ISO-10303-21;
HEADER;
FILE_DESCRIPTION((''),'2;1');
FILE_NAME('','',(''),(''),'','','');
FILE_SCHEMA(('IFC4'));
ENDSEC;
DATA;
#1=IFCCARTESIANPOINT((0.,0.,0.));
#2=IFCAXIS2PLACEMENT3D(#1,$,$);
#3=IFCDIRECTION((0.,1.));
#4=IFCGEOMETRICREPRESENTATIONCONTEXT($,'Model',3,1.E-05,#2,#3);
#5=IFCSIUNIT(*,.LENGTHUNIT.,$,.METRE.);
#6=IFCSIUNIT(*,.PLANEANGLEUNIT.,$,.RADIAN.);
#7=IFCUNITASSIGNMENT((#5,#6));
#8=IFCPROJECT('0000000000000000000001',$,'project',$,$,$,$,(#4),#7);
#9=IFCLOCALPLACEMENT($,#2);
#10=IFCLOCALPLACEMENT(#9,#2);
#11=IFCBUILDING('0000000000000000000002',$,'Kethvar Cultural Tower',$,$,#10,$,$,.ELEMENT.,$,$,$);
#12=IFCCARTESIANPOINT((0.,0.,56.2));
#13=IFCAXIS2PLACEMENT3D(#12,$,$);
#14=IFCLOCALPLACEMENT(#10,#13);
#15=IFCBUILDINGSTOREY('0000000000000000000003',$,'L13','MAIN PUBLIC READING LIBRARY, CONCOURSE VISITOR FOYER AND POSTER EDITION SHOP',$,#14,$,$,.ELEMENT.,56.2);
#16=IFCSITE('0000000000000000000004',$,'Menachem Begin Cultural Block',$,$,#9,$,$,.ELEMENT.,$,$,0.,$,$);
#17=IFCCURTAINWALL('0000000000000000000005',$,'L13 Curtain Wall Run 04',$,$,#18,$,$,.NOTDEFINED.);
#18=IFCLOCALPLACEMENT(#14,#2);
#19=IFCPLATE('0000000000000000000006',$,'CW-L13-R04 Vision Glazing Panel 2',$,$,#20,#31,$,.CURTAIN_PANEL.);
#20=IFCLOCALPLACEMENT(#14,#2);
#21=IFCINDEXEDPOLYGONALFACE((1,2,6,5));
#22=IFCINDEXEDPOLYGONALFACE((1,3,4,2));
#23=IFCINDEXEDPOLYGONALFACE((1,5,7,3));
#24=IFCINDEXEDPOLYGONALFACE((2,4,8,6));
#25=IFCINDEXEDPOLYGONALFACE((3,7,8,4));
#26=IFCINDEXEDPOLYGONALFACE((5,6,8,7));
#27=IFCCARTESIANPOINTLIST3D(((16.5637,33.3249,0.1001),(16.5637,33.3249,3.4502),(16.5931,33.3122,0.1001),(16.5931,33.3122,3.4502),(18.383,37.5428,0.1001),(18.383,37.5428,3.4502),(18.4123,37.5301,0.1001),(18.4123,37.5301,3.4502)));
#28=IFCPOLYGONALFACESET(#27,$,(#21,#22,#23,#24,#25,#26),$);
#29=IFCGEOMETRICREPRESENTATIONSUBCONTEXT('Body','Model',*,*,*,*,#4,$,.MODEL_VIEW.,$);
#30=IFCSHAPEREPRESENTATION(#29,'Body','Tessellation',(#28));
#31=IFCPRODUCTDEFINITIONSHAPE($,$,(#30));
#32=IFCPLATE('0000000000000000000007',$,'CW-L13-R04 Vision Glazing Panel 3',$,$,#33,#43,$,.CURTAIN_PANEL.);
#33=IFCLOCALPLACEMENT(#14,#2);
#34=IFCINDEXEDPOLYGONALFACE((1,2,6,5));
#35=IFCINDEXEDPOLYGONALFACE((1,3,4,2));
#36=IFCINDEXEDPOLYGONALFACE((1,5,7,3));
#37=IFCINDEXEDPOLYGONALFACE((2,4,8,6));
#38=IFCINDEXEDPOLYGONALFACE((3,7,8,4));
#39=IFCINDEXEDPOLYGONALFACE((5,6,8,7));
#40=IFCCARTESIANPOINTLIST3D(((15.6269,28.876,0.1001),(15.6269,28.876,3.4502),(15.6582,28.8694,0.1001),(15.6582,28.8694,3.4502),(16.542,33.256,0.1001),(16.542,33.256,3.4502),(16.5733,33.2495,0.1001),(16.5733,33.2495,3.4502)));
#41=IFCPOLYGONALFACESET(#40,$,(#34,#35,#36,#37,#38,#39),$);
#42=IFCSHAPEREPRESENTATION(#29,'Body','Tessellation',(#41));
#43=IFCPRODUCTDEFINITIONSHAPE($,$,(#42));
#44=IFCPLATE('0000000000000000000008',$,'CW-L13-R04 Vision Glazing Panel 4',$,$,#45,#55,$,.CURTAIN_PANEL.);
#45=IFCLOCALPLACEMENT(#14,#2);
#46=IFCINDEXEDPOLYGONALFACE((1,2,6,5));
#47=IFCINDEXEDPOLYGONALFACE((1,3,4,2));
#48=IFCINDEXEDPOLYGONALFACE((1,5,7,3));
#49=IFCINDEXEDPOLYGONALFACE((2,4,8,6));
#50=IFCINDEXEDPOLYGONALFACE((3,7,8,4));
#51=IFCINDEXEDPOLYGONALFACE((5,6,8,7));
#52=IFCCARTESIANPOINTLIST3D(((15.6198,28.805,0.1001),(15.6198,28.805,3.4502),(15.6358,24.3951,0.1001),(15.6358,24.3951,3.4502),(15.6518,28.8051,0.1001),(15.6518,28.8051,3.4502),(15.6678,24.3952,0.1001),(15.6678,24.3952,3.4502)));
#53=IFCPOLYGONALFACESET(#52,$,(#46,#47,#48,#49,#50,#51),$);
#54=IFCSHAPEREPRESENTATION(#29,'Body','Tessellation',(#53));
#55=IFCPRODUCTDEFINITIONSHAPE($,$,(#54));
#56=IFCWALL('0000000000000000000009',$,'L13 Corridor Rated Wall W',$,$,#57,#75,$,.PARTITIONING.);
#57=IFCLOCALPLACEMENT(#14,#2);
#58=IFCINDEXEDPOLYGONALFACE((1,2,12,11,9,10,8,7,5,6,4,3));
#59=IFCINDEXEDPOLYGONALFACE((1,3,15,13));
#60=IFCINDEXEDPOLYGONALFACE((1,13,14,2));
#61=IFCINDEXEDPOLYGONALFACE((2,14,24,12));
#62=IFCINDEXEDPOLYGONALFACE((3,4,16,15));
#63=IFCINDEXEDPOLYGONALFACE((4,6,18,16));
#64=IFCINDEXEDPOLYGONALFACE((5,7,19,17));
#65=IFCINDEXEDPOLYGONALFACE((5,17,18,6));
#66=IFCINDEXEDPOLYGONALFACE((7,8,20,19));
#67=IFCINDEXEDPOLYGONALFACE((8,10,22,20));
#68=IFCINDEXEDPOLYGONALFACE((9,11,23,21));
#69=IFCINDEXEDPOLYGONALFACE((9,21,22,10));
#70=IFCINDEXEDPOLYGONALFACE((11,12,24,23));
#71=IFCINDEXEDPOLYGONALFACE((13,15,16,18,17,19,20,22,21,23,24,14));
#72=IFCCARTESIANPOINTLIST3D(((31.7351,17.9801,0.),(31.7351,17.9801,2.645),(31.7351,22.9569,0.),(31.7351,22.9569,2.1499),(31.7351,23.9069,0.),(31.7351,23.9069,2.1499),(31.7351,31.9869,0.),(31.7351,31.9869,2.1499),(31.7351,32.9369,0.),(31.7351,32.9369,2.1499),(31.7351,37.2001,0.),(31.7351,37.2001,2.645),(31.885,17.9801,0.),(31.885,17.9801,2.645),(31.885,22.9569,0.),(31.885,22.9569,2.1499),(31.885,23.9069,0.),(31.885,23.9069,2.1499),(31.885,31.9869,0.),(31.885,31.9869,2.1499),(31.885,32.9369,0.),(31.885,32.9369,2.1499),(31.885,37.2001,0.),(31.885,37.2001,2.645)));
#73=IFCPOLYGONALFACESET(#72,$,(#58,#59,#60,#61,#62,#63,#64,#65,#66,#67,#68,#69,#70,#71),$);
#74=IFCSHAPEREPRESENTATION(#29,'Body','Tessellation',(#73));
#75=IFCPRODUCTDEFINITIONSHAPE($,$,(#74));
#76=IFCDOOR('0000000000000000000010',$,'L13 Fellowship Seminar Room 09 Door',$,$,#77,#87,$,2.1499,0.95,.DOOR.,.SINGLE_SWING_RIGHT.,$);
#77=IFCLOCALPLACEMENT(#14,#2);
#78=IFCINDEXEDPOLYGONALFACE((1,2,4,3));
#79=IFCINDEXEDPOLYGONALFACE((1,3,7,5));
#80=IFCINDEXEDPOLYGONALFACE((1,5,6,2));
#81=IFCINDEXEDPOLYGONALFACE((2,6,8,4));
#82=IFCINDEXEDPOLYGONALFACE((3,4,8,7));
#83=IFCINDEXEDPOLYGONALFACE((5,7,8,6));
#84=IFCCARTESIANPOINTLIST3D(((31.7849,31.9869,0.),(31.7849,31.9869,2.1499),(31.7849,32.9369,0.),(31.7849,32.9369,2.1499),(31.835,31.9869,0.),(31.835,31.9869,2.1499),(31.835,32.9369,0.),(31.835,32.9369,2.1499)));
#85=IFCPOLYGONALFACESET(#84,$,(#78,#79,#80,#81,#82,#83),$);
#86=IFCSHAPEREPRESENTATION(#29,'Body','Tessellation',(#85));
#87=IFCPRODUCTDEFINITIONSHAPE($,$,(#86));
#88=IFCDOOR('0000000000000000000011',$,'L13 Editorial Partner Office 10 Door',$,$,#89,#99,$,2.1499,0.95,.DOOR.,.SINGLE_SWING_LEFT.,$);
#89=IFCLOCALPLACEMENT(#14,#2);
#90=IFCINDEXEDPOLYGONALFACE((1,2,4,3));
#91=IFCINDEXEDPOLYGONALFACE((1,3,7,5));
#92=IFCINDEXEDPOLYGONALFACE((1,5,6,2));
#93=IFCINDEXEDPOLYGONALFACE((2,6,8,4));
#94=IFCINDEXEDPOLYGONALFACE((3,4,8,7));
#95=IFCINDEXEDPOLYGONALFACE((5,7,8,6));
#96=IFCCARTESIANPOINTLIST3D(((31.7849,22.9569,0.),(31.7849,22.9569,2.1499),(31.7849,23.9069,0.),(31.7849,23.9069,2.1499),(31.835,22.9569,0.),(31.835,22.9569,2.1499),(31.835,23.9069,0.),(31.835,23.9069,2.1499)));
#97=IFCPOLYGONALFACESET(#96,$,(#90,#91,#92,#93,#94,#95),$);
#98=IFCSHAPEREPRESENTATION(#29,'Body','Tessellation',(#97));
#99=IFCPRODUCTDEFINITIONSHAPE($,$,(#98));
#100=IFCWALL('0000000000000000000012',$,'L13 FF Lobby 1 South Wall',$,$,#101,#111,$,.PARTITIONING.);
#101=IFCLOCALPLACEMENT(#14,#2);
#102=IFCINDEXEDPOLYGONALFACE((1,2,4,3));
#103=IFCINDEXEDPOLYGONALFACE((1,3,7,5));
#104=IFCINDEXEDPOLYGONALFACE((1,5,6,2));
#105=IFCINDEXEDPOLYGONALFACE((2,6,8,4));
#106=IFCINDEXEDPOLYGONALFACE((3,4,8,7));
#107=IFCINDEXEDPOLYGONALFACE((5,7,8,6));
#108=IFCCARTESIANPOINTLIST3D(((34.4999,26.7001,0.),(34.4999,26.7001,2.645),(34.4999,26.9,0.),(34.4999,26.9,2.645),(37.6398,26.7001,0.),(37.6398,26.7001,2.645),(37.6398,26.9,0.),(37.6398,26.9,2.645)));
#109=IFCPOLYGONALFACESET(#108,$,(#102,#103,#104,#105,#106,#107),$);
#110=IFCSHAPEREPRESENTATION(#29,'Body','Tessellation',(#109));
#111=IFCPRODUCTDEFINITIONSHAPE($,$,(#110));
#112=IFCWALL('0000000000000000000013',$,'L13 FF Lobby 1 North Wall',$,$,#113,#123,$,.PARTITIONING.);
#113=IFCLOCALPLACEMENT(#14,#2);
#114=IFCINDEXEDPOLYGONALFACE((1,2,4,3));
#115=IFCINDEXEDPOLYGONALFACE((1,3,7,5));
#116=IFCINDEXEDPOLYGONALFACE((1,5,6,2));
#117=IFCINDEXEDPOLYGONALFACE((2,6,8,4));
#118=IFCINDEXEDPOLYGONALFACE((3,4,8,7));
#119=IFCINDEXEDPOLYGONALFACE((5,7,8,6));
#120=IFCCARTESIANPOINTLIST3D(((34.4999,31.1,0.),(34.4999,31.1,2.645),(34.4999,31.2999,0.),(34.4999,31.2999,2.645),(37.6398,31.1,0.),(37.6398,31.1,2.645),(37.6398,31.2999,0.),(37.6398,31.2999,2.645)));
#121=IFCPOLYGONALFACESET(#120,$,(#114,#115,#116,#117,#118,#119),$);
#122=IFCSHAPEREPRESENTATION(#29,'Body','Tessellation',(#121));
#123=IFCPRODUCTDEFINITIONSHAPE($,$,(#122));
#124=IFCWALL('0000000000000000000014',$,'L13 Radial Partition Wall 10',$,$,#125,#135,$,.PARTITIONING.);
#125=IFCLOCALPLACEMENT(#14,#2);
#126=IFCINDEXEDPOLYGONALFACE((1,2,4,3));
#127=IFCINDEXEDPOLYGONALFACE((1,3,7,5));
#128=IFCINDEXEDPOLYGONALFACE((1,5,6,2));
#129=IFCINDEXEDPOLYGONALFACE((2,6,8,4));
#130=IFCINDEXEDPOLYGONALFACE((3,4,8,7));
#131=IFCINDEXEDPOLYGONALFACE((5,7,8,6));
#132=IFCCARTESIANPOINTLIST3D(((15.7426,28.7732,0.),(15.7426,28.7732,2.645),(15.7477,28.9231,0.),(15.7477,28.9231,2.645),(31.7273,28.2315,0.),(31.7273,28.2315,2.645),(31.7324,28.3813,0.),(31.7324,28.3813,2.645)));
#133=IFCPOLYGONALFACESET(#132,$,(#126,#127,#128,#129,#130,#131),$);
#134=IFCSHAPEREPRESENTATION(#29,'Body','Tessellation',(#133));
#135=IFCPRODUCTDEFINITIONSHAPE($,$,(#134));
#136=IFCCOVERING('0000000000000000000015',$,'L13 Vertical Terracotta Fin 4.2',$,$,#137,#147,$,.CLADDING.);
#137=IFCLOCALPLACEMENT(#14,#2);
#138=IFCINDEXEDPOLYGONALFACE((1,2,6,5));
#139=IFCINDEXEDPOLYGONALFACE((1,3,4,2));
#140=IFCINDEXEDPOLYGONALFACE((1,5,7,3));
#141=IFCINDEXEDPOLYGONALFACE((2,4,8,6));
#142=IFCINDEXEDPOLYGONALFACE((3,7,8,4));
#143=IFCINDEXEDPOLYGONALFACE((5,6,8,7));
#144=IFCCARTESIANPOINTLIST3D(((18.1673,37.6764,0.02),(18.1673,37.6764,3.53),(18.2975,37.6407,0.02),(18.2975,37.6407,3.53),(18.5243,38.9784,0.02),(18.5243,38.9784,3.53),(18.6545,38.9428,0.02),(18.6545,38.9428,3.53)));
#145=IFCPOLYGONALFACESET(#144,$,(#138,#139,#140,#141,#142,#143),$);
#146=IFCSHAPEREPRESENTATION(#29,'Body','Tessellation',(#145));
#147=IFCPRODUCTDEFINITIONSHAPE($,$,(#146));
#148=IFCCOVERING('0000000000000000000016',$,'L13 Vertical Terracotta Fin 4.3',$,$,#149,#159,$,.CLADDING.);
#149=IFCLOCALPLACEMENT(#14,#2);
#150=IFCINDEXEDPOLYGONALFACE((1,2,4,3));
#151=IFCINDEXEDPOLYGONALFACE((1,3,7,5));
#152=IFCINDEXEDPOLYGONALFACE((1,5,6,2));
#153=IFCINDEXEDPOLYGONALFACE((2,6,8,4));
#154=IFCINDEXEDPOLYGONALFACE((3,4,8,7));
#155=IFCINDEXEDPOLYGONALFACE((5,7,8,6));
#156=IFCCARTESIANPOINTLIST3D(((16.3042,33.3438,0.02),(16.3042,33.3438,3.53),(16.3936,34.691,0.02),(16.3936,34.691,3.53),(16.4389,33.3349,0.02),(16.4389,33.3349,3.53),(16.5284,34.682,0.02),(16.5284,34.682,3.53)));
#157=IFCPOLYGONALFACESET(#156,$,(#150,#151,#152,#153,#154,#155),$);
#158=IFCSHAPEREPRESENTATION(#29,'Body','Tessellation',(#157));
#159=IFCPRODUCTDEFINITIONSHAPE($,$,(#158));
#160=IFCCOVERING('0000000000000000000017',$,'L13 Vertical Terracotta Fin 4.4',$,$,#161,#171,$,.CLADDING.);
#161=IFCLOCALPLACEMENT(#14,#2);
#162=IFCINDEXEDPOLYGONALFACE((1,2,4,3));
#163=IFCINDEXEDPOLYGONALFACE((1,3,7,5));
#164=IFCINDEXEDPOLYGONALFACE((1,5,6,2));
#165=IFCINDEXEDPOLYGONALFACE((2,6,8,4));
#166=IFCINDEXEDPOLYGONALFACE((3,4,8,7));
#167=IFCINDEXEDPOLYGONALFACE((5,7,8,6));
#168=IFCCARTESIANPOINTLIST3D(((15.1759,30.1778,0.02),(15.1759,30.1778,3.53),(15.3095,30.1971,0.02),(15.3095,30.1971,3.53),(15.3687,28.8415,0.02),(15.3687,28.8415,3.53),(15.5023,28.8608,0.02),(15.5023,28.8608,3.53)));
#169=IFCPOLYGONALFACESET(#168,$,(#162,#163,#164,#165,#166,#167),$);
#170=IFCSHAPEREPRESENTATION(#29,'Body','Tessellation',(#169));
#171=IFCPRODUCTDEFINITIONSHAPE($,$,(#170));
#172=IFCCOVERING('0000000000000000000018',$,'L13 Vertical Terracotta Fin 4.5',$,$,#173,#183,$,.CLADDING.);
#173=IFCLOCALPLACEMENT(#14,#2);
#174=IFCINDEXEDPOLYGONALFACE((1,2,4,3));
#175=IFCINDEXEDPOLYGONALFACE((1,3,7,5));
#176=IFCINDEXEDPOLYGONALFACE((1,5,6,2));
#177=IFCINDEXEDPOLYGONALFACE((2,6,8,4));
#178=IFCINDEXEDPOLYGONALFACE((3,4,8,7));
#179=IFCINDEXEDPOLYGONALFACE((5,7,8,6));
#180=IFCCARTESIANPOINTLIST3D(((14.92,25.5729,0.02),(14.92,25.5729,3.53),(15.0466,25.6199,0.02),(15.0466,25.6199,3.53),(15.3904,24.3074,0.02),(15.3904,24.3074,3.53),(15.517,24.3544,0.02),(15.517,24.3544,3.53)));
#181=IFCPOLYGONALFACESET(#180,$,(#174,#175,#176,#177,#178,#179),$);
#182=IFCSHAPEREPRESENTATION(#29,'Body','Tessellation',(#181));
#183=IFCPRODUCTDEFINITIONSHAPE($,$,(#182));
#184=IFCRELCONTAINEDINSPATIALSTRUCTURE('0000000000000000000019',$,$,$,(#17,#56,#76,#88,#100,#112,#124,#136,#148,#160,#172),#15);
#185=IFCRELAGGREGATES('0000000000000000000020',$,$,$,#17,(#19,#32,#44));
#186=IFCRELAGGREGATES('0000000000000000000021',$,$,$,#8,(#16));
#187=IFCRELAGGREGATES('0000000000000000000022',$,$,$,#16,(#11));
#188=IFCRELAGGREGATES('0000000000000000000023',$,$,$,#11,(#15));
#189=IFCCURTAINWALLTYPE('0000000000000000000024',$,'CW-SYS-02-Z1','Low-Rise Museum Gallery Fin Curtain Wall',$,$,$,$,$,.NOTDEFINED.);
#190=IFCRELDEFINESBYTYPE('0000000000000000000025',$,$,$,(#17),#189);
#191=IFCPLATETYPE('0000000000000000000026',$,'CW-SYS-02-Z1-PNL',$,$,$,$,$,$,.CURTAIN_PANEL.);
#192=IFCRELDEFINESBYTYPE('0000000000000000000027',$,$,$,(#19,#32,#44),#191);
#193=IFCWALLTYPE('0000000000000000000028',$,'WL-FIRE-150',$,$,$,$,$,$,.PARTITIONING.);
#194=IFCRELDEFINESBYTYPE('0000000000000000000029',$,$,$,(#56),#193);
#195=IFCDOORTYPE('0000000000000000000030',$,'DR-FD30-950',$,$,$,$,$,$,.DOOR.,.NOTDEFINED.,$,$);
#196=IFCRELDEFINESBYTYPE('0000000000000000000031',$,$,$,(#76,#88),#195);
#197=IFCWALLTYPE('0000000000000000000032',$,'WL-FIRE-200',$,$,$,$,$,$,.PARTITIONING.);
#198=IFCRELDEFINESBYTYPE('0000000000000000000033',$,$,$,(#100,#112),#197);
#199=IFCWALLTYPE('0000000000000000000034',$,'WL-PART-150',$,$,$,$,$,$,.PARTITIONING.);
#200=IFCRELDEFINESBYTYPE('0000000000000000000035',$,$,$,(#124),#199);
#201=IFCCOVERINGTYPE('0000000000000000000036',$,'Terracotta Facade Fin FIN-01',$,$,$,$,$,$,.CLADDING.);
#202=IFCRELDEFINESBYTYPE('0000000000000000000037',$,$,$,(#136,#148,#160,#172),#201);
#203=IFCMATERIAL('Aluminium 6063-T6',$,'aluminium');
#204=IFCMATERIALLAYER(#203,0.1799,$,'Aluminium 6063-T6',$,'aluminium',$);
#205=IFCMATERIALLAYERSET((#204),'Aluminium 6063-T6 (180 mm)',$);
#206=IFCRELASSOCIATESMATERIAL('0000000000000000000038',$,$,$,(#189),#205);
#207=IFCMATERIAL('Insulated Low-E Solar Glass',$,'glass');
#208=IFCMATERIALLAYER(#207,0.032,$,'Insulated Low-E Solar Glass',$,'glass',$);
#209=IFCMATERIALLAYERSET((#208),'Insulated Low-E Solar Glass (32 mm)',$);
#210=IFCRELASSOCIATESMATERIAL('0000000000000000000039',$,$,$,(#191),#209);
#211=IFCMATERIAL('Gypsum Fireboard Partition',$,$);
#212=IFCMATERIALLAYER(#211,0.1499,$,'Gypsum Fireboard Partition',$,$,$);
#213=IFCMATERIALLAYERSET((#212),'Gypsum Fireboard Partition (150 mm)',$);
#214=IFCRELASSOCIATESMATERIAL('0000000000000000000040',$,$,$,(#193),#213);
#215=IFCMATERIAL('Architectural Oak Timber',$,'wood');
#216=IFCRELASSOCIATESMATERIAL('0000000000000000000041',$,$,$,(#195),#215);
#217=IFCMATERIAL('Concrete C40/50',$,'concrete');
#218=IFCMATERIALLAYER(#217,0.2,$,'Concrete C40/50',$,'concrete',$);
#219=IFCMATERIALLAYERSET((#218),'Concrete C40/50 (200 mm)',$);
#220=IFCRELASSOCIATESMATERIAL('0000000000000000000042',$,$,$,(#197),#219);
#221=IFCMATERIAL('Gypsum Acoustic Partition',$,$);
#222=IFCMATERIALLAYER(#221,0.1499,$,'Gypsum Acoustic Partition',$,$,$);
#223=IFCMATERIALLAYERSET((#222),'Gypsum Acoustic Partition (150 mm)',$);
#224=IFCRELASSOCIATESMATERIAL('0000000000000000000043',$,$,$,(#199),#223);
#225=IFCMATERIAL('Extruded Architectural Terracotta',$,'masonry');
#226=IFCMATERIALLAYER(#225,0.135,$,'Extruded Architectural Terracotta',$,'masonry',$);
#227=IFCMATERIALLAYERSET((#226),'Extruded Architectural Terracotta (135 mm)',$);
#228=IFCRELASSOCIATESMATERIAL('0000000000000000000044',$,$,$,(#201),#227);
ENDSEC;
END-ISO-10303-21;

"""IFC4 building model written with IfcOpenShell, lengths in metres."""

from ifc_helpers import new_model, si_unit, direction, frame, frame_2d, origin, origin_2d, place, context, subcontext, project, spatial, rectangle, extrude, source, transform, mapped, material, layer, layer_set, type_object, element, fill, aggregate, save


model = new_model("IFC4")

# Units and contexts
model_context = context("Model", 3, precision=1e-05, world=origin(), true_north=direction((0.0, 1.0)))
body_context = subcontext(model_context, "Body", "Model", "MODEL_VIEW")
ifc_project = project(units=[si_unit("LENGTHUNIT", "METRE"), si_unit("PLANEANGLEUNIT", "RADIAN")], contexts=[model_context])

# Site, building, storey
site_placement = place(None, origin())
site = spatial("IfcSite", under=ifc_project, at=site_placement, Name="Menachem Begin Cultural Block", CompositionType="ELEMENT", RefElevation=0.0)
building_placement = place(site_placement, origin())
building = spatial("IfcBuilding", under=site, at=building_placement, Name="Kethvar Cultural Tower", CompositionType="ELEMENT")
storey_placement = place(building_placement, frame((0.0, 0.0, 56.2)))
storey = spatial("IfcBuildingStorey", under=building, at=storey_placement, Name="L13", Description="MAIN PUBLIC READING LIBRARY, CONCOURSE VISITOR FOYER AND POSTER EDITION SHOP", CompositionType="ELEMENT", Elevation=56.2)

# Curtain wall, plates
ifc_material_1 = material(Name="Aluminium 6063-T6", Category="aluminium")
ifc_layer_1 = layer(ifc_material_1, 0.1799, Name="Aluminium 6063-T6", Category="aluminium")
ifc_layer_set_1 = layer_set([ifc_layer_1], Name="Aluminium 6063-T6 (180 mm)")
curtain_wall_type = type_object("IfcCurtainWallType", Name="CW-SYS-02-Z1", Description="Low-Rise Museum Gallery Fin Curtain Wall", PredefinedType="NOTDEFINED", material=ifc_layer_set_1)
curtain_wall_placement = place(storey_placement, origin())
curtain_wall = element("IfcCurtainWall", 1, at=curtain_wall_placement, inside=storey, type_object=curtain_wall_type, Name="L13 Curtain Wall Run 04", PredefinedType="NOTDEFINED")
ifc_material_2 = material(Name="Insulated Low-E Solar Glass", Category="glass")
ifc_layer_2 = layer(ifc_material_2, 0.032, Name="Insulated Low-E Solar Glass", Category="glass")
ifc_layer_set_2 = layer_set([ifc_layer_2], Name="Insulated Low-E Solar Glass (32 mm)")
plate_type = type_object("IfcPlateType", Name="CW-SYS-02-Z1-PNL", PredefinedType="CURTAIN_PANEL", material=ifc_layer_set_2)
shared_shape_1 = source(origin(), body_context, "Body", "SweptSolid", [
    extrude(rectangle(XDim=4.5935, YDim=0.032, at=origin_2d()), origin(), (0.0, 0.0, 1.0), 3.3501),
])
plate_1_placement = place(storey_placement, frame((17.488, 35.4275, 0.1001), z_axis=(0.0, 0.0, 1.0), x_axis=(-0.396042, -0.918232, 0.0)))
plate_1 = element("IfcPlate", 2, at=plate_1_placement, type_object=plate_type, Name="CW-L13-R04 Vision Glazing Panel 2", PredefinedType="CURTAIN_PANEL", context=body_context, shape_type="MappedRepresentation", body=[
    mapped(shared_shape_1, transform((0.0, 0.0, 0.0), scale=1.0)),
])
shared_shape_2 = source(origin(), body_context, "Body", "SweptSolid", [
    extrude(rectangle(XDim=4.4746, YDim=0.032, at=origin_2d()), origin(), (0.0, 0.0, 1.0), 3.3501),
])
plate_2_placement = place(storey_placement, frame((16.1001, 31.0627, 0.1001), z_axis=(0.0, 0.0, 1.0), x_axis=(-0.204496, -0.978867, 0.0)))
plate_2 = element("IfcPlate", 3, at=plate_2_placement, type_object=plate_type, Name="CW-L13-R04 Vision Glazing Panel 3", PredefinedType="CURTAIN_PANEL", context=body_context, shape_type="MappedRepresentation", body=[
    mapped(shared_shape_2, transform((0.0, 0.0, 0.0), scale=1.0)),
])
shared_shape_3 = source(origin(), body_context, "Body", "SweptSolid", [
    extrude(rectangle(XDim=4.4099, YDim=0.032, at=origin_2d()), origin(), (0.0, 0.0, 1.0), 3.3501),
])
plate_3_placement = place(storey_placement, frame((15.6438, 26.6001, 0.1001), z_axis=(0.0, 0.0, 1.0), x_axis=(0.003613, -0.999993, 0.0)))
plate_3 = element("IfcPlate", 4, at=plate_3_placement, type_object=plate_type, Name="CW-L13-R04 Vision Glazing Panel 4", PredefinedType="CURTAIN_PANEL", context=body_context, shape_type="MappedRepresentation", body=[
    mapped(shared_shape_3, transform((0.0, 0.0, 0.0), scale=1.0)),
])
aggregate(curtain_wall, [plate_1, plate_2, plate_3])

# Wall, openings, doors
ifc_material_3 = material(Name="Gypsum Fireboard Partition")
ifc_layer_3 = layer(ifc_material_3, 0.1499, Name="Gypsum Fireboard Partition")
ifc_layer_set_3 = layer_set([ifc_layer_3], Name="Gypsum Fireboard Partition (150 mm)")
wall_type_1 = type_object("IfcWallType", Name="WL-FIRE-150", PredefinedType="PARTITIONING", material=ifc_layer_set_3)
wall_1_placement = place(storey_placement, frame((31.8101, 37.2, 0.0), z_axis=(0.0, 0.0, 1.0), x_axis=(0.0, -1.0, 0.0)))
wall_1 = element("IfcWall", 5, at=wall_1_placement, inside=storey, type_object=wall_type_1, Name="L13 Corridor Rated Wall W", PredefinedType="PARTITIONING", context=body_context, shape_type="SweptSolid", body=[
    extrude(rectangle(XDim=19.22, YDim=0.1499, at=frame_2d((9.6099, 0.0))), origin(), (0.0, 0.0, 1.0), 2.645),
])
opening_1_placement = place(wall_1_placement, frame((4.2629, 0.0, 0.0)))
opening_1 = element("IfcOpeningElement", 6, at=opening_1_placement, cuts=wall_1, PredefinedType="OPENING", context=body_context, shape_type="SweptSolid", body=[
    extrude(rectangle(XDim=0.95, YDim=2.1499, at=frame_2d((0.4751, 1.075))), frame((0.0, 0.085, 0.0), z_axis=(0.0, -1.0, 0.0), x_axis=(1.0, 0.0, 0.0)), (0.0, 0.0, 1.0), 0.1699),
])
opening_2_placement = place(wall_1_placement, frame((13.293, 0.0, 0.0)))
opening_2 = element("IfcOpeningElement", 7, at=opening_2_placement, cuts=wall_1, PredefinedType="OPENING", context=body_context, shape_type="SweptSolid", body=[
    extrude(rectangle(XDim=0.95, YDim=2.1499, at=frame_2d((0.4751, 1.075))), frame((0.0, 0.085, 0.0), z_axis=(0.0, -1.0, 0.0), x_axis=(1.0, 0.0, 0.0)), (0.0, 0.0, 1.0), 0.1699),
])
ifc_material_4 = material(Name="Architectural Oak Timber", Category="wood")
door_type_1 = type_object("IfcDoorType", Name="DR-FD30-950", OperationType="NOTDEFINED", PredefinedType="DOOR", material=ifc_material_4)
shared_shape_4 = source(origin(), body_context, "Body", "SweptSolid", [
    extrude(rectangle(XDim=0.95, YDim=2.1499, at=frame_2d((0.4751, 1.075))), frame((0.0, 0.0249, 0.0), z_axis=(0.0, -1.0, 0.0), x_axis=(1.0, 0.0, 0.0)), (0.0, 0.0, 1.0), 0.05),
])
door_1_placement = place(opening_1_placement, origin())
door_1 = element("IfcDoor", 8, at=door_1_placement, inside=storey, type_object=door_type_1, Name="L13 Fellowship Seminar Room 09 Door", OperationType="SINGLE_SWING_RIGHT", OverallHeight=2.1499, OverallWidth=0.95, PredefinedType="DOOR", context=body_context, shape_type="MappedRepresentation", body=[
    mapped(shared_shape_4, transform((0.0, 0.0, 0.0), scale=1.0)),
])
fill(opening_1, door_1)
door_2_placement = place(opening_2_placement, origin())
door_2 = element("IfcDoor", 9, at=door_2_placement, inside=storey, type_object=door_type_1, Name="L13 Editorial Partner Office 10 Door", OperationType="SINGLE_SWING_LEFT", OverallHeight=2.1499, OverallWidth=0.95, PredefinedType="DOOR", context=body_context, shape_type="MappedRepresentation", body=[
    mapped(shared_shape_4, transform((0.0, 0.0, 0.0), scale=1.0)),
])
fill(opening_2, door_2)

# Shared definitions
ifc_material_5 = material(Name="Concrete C40/50", Category="concrete")
ifc_layer_4 = layer(ifc_material_5, 0.2, Name="Concrete C40/50", Category="concrete")
ifc_layer_set_4 = layer_set([ifc_layer_4], Name="Concrete C40/50 (200 mm)")
wall_type_2 = type_object("IfcWallType", Name="WL-FIRE-200", PredefinedType="PARTITIONING", material=ifc_layer_set_4)

# Walls
for number, where, z_axis, x_axis, name in (
    (10, (34.5, 26.8, 0.0), (0.0, 0.0, 1.0), (1.0, 0.0, 0.0), "L13 FF Lobby 1 South Wall"),
    (11, (34.5, 31.2, 0.0), (0.0, 0.0, 1.0), (1.0, 0.0, 0.0), "L13 FF Lobby 1 North Wall"),
):
    element("IfcWall", number, at=place(storey_placement, frame(where, z_axis=z_axis, x_axis=x_axis)), inside=storey, type_object=wall_type_2, Name=name, PredefinedType="PARTITIONING", context=body_context, shape_type="SweptSolid", body=[
        extrude(rectangle(XDim=3.1399, YDim=0.2, at=frame_2d((1.5698, 0.0))), origin(), (0.0, 0.0, 1.0), 2.645),
    ])
ifc_material_6 = material(Name="Gypsum Acoustic Partition")
ifc_layer_5 = layer(ifc_material_6, 0.1499, Name="Gypsum Acoustic Partition")
ifc_layer_set_5 = layer_set([ifc_layer_5], Name="Gypsum Acoustic Partition (150 mm)")
wall_type_3 = type_object("IfcWallType", Name="WL-PART-150", PredefinedType="PARTITIONING", material=ifc_layer_set_5)
wall_2_placement = place(storey_placement, frame((31.73, 28.3064, 0.0), z_axis=(0.0, 0.0, 1.0), x_axis=(-0.999426, 0.033872, 0.0)))
element("IfcWall", 12, at=wall_2_placement, inside=storey, type_object=wall_type_3, Name="L13 Radial Partition Wall 10", PredefinedType="PARTITIONING", context=body_context, shape_type="SweptSolid", body=[
    extrude(rectangle(XDim=15.9939, YDim=0.1499, at=frame_2d((7.9971, 0.0))), origin(), (0.0, 0.0, 1.0), 2.645),
])

# Coverings
ifc_material_7 = material(Name="Extruded Architectural Terracotta", Category="masonry")
ifc_layer_6 = layer(ifc_material_7, 0.135, Name="Extruded Architectural Terracotta", Category="masonry")
ifc_layer_set_6 = layer_set([ifc_layer_6], Name="Extruded Architectural Terracotta (135 mm)")
covering_type = type_object("IfcCoveringType", Name="Terracotta Facade Fin FIN-01", PredefinedType="CLADDING", material=ifc_layer_set_6)
shared_shape_5 = source(origin(), body_context, "Body", "SweptSolid", [
    extrude(rectangle(XDim=1.3501, YDim=0.135, at=origin_2d()), origin(), (0.0, 0.0, 1.0), 3.51),
])
for number, where, z_axis, x_axis, name in (
    (13, (18.4109, 38.3096, 0.02), (0.0, 0.0, 1.0), (0.264378, 0.964419, 0.0), "L13 Vertical Terracotta Fin 4.2"),
    (14, (16.4163, 34.0129, 0.02), (0.0, 0.0, 1.0), (0.066274, 0.997801, 0.0), "L13 Vertical Terracotta Fin 4.3"),
    (15, (15.3391, 29.5193, 0.02), (0.0, 0.0, 1.0), (-0.142802, 0.989751, 0.0), "L13 Vertical Terracotta Fin 4.4"),
    (16, (15.2185, 24.9636, 0.02), (0.0, 0.0, 1.0), (-0.348408, 0.937343, 0.0), "L13 Vertical Terracotta Fin 4.5"),
):
    element("IfcCovering", number, at=place(storey_placement, frame(where, z_axis=z_axis, x_axis=x_axis)), inside=storey, type_object=covering_type, Name=name, PredefinedType="CLADDING", context=body_context, shape_type="MappedRepresentation", body=[
        mapped(shared_shape_5, transform((0.0, 0.0, 0.0), scale=1.0)),
    ])

save(model, "model.ifc")
